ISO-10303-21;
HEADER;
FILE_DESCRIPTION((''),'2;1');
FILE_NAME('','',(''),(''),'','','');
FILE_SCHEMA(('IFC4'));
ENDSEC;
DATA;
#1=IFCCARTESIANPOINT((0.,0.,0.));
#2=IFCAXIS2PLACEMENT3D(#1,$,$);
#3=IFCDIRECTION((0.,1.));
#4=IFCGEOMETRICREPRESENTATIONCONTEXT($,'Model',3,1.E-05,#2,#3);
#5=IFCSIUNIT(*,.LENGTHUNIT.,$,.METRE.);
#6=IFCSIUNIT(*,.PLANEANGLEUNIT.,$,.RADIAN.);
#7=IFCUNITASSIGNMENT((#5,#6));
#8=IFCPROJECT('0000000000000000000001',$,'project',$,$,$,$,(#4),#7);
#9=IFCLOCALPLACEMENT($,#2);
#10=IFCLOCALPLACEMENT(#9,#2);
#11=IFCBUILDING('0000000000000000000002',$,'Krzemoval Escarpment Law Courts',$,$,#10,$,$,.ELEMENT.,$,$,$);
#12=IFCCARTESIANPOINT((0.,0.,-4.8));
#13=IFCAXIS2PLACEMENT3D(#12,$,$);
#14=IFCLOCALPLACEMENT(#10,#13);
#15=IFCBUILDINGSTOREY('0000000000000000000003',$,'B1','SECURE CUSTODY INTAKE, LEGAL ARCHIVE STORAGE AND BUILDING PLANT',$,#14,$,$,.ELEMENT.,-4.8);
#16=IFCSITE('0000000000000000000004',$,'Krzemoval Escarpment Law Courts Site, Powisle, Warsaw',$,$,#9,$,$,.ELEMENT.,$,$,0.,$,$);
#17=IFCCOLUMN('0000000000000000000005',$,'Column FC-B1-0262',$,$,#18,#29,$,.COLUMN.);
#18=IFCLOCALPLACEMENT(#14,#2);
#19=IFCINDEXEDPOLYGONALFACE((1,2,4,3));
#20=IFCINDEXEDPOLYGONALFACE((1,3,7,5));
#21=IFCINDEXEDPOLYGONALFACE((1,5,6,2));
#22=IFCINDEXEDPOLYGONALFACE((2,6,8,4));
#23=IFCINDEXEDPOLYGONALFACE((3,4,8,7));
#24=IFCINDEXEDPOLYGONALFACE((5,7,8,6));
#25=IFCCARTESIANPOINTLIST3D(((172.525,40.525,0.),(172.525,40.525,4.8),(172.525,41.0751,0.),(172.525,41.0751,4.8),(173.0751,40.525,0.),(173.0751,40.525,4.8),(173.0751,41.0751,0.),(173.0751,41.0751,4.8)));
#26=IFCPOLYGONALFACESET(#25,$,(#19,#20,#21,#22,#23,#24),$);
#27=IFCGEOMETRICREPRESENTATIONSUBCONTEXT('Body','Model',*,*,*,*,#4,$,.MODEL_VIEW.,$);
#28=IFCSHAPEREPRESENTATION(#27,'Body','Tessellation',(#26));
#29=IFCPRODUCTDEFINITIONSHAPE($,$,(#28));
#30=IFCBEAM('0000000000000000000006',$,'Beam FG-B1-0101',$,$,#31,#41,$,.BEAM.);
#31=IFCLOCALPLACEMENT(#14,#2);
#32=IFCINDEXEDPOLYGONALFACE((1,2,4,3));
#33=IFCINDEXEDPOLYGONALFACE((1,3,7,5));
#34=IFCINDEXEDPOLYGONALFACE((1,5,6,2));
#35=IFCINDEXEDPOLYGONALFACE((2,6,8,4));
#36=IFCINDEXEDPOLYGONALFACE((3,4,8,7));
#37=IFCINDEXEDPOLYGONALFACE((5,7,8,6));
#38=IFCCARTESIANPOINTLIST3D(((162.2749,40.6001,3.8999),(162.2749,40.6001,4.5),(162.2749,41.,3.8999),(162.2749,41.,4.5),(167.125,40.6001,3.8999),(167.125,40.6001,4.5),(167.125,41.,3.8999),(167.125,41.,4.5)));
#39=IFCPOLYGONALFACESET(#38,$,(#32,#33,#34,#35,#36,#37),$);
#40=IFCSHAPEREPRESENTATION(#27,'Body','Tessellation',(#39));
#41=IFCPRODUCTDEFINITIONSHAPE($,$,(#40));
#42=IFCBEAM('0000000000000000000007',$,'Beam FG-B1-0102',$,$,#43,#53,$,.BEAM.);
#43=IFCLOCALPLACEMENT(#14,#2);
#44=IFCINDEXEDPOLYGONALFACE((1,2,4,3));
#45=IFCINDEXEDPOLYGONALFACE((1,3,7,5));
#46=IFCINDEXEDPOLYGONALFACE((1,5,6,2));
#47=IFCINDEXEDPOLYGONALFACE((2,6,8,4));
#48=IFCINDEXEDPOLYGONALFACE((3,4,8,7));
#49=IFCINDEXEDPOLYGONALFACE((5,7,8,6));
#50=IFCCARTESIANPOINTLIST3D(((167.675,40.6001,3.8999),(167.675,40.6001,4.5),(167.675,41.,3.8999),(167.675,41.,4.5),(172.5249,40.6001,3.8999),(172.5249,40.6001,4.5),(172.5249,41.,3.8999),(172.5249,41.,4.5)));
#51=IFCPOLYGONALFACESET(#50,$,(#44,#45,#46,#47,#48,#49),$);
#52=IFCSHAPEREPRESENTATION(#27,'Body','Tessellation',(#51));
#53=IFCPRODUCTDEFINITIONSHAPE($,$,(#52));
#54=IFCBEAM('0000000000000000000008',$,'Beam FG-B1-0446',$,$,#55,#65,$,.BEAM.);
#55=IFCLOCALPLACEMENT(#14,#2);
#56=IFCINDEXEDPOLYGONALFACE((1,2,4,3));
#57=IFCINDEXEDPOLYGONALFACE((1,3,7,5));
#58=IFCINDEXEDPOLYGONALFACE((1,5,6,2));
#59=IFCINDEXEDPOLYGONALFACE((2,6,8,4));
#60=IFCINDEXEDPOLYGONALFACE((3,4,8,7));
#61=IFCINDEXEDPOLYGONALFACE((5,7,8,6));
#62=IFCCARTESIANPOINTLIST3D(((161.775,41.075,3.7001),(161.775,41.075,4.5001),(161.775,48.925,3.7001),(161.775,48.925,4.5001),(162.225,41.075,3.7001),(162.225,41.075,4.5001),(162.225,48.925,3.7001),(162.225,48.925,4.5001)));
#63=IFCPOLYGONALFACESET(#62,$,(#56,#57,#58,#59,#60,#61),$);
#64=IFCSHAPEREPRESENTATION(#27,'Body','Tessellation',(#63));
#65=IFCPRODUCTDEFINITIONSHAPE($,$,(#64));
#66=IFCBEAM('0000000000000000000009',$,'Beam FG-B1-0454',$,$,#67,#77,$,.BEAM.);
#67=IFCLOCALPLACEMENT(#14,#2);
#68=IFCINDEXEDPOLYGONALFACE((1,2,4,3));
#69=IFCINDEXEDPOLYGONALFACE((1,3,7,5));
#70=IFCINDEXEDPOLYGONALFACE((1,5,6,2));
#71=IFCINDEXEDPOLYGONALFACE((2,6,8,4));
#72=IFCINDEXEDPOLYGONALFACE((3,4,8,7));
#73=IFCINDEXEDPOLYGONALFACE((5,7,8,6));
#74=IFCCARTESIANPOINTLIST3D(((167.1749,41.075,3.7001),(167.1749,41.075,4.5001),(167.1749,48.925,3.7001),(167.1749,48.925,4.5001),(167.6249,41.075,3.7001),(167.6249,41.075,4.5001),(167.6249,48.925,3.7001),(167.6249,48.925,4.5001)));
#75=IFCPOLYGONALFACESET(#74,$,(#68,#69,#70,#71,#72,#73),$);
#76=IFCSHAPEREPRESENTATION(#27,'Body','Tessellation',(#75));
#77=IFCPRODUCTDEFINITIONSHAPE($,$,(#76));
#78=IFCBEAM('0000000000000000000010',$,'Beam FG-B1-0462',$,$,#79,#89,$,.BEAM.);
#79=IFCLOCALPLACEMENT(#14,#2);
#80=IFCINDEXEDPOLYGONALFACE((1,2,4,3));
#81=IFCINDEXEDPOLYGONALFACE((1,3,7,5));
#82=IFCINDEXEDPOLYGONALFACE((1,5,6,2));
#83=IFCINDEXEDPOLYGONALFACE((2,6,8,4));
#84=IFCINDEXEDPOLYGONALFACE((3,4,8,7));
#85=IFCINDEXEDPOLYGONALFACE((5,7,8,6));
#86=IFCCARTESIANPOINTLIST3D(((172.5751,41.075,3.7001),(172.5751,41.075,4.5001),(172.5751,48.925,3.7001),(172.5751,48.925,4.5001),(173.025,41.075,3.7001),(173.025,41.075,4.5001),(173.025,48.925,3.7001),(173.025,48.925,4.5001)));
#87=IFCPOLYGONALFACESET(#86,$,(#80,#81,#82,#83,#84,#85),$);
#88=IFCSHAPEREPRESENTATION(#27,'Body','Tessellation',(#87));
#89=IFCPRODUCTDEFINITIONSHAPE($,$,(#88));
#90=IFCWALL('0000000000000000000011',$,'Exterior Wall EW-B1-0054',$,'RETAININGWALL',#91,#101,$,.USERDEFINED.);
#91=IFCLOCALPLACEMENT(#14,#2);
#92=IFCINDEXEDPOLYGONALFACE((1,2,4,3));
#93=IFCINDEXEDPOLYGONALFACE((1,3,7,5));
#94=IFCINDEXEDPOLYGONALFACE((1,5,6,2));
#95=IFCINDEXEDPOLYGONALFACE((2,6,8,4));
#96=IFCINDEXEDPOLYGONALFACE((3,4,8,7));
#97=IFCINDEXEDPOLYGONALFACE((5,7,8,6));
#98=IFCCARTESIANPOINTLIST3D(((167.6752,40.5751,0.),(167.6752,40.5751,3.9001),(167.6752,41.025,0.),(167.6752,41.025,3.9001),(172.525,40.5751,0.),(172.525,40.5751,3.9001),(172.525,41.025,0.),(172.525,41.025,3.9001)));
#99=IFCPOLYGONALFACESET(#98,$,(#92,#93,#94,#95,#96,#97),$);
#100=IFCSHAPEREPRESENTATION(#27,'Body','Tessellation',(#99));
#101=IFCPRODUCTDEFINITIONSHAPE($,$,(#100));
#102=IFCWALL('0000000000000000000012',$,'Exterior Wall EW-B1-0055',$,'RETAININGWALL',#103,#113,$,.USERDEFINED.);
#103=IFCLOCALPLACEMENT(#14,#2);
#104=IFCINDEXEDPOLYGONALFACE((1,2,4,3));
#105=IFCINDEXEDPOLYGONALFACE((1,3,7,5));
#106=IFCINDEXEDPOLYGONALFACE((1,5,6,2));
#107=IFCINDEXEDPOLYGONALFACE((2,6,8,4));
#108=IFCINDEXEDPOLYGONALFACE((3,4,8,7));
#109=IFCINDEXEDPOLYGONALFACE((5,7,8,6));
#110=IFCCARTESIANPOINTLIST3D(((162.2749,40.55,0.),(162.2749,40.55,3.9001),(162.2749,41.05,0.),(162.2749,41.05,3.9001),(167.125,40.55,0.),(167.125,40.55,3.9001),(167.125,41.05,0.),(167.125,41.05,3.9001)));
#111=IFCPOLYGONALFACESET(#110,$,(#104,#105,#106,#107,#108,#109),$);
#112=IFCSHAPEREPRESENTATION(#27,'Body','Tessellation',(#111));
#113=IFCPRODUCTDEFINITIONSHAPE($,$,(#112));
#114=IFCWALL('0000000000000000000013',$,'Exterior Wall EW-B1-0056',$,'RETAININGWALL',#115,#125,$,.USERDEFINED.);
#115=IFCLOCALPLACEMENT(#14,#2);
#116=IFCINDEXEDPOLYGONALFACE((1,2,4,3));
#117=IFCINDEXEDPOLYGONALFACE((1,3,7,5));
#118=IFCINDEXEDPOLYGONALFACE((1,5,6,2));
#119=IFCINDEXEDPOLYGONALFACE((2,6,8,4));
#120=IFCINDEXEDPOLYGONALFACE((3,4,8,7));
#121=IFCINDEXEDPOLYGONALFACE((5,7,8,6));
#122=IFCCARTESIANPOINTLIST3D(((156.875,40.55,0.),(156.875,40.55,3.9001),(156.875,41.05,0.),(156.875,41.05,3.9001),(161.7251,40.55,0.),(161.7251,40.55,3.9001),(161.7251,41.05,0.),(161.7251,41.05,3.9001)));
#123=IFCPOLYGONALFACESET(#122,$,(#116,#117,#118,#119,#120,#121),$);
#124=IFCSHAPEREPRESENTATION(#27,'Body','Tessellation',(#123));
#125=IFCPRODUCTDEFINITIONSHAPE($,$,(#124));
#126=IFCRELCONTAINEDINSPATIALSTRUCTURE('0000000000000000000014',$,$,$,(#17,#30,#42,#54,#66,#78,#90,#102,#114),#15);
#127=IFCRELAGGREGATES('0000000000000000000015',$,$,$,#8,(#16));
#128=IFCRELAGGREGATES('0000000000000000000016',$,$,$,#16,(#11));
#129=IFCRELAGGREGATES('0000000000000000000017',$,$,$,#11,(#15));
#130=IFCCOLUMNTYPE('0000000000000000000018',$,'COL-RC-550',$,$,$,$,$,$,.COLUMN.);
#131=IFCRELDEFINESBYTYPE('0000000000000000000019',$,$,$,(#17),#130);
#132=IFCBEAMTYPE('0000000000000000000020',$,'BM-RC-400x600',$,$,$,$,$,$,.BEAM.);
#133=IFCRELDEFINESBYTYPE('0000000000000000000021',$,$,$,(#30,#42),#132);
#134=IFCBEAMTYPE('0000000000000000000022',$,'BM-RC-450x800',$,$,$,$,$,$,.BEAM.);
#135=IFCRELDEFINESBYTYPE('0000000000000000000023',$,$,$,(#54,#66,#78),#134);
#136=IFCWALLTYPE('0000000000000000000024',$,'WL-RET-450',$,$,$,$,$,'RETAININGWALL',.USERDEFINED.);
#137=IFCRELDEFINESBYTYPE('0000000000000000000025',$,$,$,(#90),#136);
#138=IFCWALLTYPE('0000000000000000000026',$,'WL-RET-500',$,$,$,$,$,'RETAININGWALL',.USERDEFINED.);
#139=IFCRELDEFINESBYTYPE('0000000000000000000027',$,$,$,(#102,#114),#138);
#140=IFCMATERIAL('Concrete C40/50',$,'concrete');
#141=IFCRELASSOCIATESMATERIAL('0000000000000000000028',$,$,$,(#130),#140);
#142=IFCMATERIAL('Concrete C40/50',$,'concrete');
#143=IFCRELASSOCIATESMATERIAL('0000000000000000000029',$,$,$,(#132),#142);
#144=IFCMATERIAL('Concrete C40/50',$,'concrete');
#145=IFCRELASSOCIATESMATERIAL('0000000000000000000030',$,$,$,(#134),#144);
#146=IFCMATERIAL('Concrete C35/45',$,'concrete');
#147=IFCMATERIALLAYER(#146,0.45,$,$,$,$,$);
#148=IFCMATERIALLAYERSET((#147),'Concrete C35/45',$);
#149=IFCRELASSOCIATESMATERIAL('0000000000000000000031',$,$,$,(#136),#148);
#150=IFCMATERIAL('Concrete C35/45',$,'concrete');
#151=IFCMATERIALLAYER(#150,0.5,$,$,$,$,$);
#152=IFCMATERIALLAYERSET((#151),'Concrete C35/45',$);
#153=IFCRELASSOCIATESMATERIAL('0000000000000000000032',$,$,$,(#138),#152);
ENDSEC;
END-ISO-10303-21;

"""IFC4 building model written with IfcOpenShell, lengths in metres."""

from ifc_helpers import new_model, si_unit, direction, frame, frame_2d, origin, origin_2d, place, context, subcontext, project, spatial, rectangle, extrude, material, layer, layer_set, material_profile, profile_set, type_object, element, save


model = new_model("IFC4")

# Units and contexts
model_context = context("Model", 3, precision=1e-05, world=origin(), true_north=direction((0.0, 1.0)))
body_context = subcontext(model_context, "Body", "Model", "MODEL_VIEW")
ifc_project = project(units=[si_unit("LENGTHUNIT", "METRE"), si_unit("PLANEANGLEUNIT", "RADIAN")], contexts=[model_context])

# Site, building, storey
site_placement = place(None, origin())
site = spatial("IfcSite", under=ifc_project, at=site_placement, Name="Krzemoval Escarpment Law Courts Site, Powisle, Warsaw", CompositionType="ELEMENT", RefElevation=0.0)
building_placement = place(site_placement, origin())
building = spatial("IfcBuilding", under=site, at=building_placement, Name="Krzemoval Escarpment Law Courts", CompositionType="ELEMENT")
storey_placement = place(building_placement, frame((0.0, 0.0, -4.8)))
storey = spatial("IfcBuildingStorey", under=building, at=storey_placement, Name="B1", Description="SECURE CUSTODY INTAKE, LEGAL ARCHIVE STORAGE AND BUILDING PLANT", CompositionType="ELEMENT", Elevation=-4.8)

# Column
ifc_material_1 = material(Name="Concrete C40/50", Category="concrete")
ifc_material_profile_1 = material_profile(ifc_material_1, rectangle(XDim=0.55, YDim=0.55, at=origin_2d()), Name="RC 550x550")
ifc_profile_set_1 = profile_set([ifc_material_profile_1], Name="Concrete C40/50")
column_type = type_object("IfcColumnType", Name="COL-RC-550", PredefinedType="COLUMN", material=ifc_profile_set_1)
for number, where, z_axis, x_axis, name in (
    (1, (172.8, 40.8, 0.0), (0.0, 0.0, 1.0), (1.0, 0.0, 0.0), "Column FC-B1-0262"),
):
    element("IfcColumn", number, at=place(storey_placement, frame(where, z_axis=z_axis, x_axis=x_axis)), inside=storey, type_object=column_type, Name=name, PredefinedType="COLUMN", context=body_context, shape_type="SweptSolid", body=[
        extrude(rectangle(XDim=0.55, YDim=0.55, at=origin_2d()), origin(), (0.0, 0.0, 1.0), 4.8),
    ])

# Beams
ifc_material_2 = material(Name="Concrete C40/50", Category="concrete")
ifc_material_profile_2 = material_profile(ifc_material_2, rectangle(XDim=0.3999, YDim=0.6001, at=origin_2d()), Name="RCB 400x600")
ifc_profile_set_2 = profile_set([ifc_material_profile_2], Name="Concrete C40/50")
beam_type_1 = type_object("IfcBeamType", Name="BM-RC-400x600", PredefinedType="BEAM", material=ifc_profile_set_2)
beam_1_placement = place(storey_placement, frame((162.2749, 40.8, 4.2), z_axis=(1.0, 0.0, 0.0), x_axis=(0.0, 1.0, 0.0)))
element("IfcBeam", 2, at=beam_1_placement, inside=storey, type_object=beam_type_1, Name="Beam FG-B1-0101", PredefinedType="BEAM", context=body_context, shape_type="SweptSolid", body=[
    extrude(rectangle(XDim=0.3999, YDim=0.6001, at=origin_2d()), origin(), (0.0, 0.0, 1.0), 4.8501),
])
beam_2_placement = place(storey_placement, frame((167.675, 40.8, 4.2), z_axis=(1.0, 0.0, 0.0), x_axis=(0.0, 1.0, 0.0)))
element("IfcBeam", 3, at=beam_2_placement, inside=storey, type_object=beam_type_1, Name="Beam FG-B1-0102", PredefinedType="BEAM", context=body_context, shape_type="SweptSolid", body=[
    extrude(rectangle(XDim=0.3999, YDim=0.6001, at=origin_2d()), origin(), (0.0, 0.0, 1.0), 4.8499),
])
ifc_material_3 = material(Name="Concrete C40/50", Category="concrete")
ifc_material_profile_3 = material_profile(ifc_material_3, rectangle(XDim=0.45, YDim=0.8, at=origin_2d()), Name="RCB 450x800")
ifc_profile_set_3 = profile_set([ifc_material_profile_3], Name="Concrete C40/50")
beam_type_2 = type_object("IfcBeamType", Name="BM-RC-450x800", PredefinedType="BEAM", material=ifc_profile_set_3)
for number, where, z_axis, x_axis, name in (
    (4, (162.0, 41.075, 4.1001), (0.0, 1.0, 0.0), (-1.0, 0.0, 0.0), "Beam FG-B1-0446"),
    (5, (167.3999, 41.075, 4.1001), (0.0, 1.0, 0.0), (-1.0, 0.0, 0.0), "Beam FG-B1-0454"),
    (6, (172.8, 41.075, 4.1001), (0.0, 1.0, 0.0), (-1.0, 0.0, 0.0), "Beam FG-B1-0462"),
):
    element("IfcBeam", number, at=place(storey_placement, frame(where, z_axis=z_axis, x_axis=x_axis)), inside=storey, type_object=beam_type_2, Name=name, PredefinedType="BEAM", context=body_context, shape_type="SweptSolid", body=[
        extrude(rectangle(XDim=0.45, YDim=0.8, at=origin_2d()), origin(), (0.0, 0.0, 1.0), 7.8501),
    ])

# Walls
ifc_material_4 = material(Name="Concrete C35/45", Category="concrete")
ifc_layer_1 = layer(ifc_material_4, 0.45)
ifc_layer_set_1 = layer_set([ifc_layer_1], Name="Concrete C35/45")
wall_type_1 = type_object("IfcWallType", Name="WL-RET-450", ElementType="RETAININGWALL", PredefinedType="USERDEFINED", material=ifc_layer_set_1)
wall_placement = place(storey_placement, frame((172.5249, 40.8, 0.0), z_axis=(0.0, 0.0, 1.0), x_axis=(-1.0, 0.0, 0.0)))
element("IfcWall", 7, at=wall_placement, inside=storey, type_object=wall_type_1, Name="Exterior Wall EW-B1-0054", ObjectType="RETAININGWALL", PredefinedType="USERDEFINED", context=body_context, shape_type="SweptSolid", body=[
    extrude(rectangle(XDim=4.8499, YDim=0.45, at=frame_2d((2.4248, 0.0))), origin(), (0.0, 0.0, 1.0), 3.9001),
])
ifc_material_5 = material(Name="Concrete C35/45", Category="concrete")
ifc_layer_2 = layer(ifc_material_5, 0.5)
ifc_layer_set_2 = layer_set([ifc_layer_2], Name="Concrete C35/45")
wall_type_2 = type_object("IfcWallType", Name="WL-RET-500", ElementType="RETAININGWALL", PredefinedType="USERDEFINED", material=ifc_layer_set_2)
for number, where, z_axis, x_axis, name in (
    (8, (167.125, 40.8, 0.0), (0.0, 0.0, 1.0), (-1.0, 0.0, 0.0), "Exterior Wall EW-B1-0055"),
    (9, (161.7251, 40.8, 0.0), (0.0, 0.0, 1.0), (-1.0, 0.0, 0.0), "Exterior Wall EW-B1-0056"),
):
    element("IfcWall", number, at=place(storey_placement, frame(where, z_axis=z_axis, x_axis=x_axis)), inside=storey, type_object=wall_type_2, Name=name, ObjectType="RETAININGWALL", PredefinedType="USERDEFINED", context=body_context, shape_type="SweptSolid", body=[
        extrude(rectangle(XDim=4.8501, YDim=0.5, at=frame_2d((2.425, 0.0))), origin(), (0.0, 0.0, 1.0), 3.9001),
    ])

save(model, "model.ifc")
